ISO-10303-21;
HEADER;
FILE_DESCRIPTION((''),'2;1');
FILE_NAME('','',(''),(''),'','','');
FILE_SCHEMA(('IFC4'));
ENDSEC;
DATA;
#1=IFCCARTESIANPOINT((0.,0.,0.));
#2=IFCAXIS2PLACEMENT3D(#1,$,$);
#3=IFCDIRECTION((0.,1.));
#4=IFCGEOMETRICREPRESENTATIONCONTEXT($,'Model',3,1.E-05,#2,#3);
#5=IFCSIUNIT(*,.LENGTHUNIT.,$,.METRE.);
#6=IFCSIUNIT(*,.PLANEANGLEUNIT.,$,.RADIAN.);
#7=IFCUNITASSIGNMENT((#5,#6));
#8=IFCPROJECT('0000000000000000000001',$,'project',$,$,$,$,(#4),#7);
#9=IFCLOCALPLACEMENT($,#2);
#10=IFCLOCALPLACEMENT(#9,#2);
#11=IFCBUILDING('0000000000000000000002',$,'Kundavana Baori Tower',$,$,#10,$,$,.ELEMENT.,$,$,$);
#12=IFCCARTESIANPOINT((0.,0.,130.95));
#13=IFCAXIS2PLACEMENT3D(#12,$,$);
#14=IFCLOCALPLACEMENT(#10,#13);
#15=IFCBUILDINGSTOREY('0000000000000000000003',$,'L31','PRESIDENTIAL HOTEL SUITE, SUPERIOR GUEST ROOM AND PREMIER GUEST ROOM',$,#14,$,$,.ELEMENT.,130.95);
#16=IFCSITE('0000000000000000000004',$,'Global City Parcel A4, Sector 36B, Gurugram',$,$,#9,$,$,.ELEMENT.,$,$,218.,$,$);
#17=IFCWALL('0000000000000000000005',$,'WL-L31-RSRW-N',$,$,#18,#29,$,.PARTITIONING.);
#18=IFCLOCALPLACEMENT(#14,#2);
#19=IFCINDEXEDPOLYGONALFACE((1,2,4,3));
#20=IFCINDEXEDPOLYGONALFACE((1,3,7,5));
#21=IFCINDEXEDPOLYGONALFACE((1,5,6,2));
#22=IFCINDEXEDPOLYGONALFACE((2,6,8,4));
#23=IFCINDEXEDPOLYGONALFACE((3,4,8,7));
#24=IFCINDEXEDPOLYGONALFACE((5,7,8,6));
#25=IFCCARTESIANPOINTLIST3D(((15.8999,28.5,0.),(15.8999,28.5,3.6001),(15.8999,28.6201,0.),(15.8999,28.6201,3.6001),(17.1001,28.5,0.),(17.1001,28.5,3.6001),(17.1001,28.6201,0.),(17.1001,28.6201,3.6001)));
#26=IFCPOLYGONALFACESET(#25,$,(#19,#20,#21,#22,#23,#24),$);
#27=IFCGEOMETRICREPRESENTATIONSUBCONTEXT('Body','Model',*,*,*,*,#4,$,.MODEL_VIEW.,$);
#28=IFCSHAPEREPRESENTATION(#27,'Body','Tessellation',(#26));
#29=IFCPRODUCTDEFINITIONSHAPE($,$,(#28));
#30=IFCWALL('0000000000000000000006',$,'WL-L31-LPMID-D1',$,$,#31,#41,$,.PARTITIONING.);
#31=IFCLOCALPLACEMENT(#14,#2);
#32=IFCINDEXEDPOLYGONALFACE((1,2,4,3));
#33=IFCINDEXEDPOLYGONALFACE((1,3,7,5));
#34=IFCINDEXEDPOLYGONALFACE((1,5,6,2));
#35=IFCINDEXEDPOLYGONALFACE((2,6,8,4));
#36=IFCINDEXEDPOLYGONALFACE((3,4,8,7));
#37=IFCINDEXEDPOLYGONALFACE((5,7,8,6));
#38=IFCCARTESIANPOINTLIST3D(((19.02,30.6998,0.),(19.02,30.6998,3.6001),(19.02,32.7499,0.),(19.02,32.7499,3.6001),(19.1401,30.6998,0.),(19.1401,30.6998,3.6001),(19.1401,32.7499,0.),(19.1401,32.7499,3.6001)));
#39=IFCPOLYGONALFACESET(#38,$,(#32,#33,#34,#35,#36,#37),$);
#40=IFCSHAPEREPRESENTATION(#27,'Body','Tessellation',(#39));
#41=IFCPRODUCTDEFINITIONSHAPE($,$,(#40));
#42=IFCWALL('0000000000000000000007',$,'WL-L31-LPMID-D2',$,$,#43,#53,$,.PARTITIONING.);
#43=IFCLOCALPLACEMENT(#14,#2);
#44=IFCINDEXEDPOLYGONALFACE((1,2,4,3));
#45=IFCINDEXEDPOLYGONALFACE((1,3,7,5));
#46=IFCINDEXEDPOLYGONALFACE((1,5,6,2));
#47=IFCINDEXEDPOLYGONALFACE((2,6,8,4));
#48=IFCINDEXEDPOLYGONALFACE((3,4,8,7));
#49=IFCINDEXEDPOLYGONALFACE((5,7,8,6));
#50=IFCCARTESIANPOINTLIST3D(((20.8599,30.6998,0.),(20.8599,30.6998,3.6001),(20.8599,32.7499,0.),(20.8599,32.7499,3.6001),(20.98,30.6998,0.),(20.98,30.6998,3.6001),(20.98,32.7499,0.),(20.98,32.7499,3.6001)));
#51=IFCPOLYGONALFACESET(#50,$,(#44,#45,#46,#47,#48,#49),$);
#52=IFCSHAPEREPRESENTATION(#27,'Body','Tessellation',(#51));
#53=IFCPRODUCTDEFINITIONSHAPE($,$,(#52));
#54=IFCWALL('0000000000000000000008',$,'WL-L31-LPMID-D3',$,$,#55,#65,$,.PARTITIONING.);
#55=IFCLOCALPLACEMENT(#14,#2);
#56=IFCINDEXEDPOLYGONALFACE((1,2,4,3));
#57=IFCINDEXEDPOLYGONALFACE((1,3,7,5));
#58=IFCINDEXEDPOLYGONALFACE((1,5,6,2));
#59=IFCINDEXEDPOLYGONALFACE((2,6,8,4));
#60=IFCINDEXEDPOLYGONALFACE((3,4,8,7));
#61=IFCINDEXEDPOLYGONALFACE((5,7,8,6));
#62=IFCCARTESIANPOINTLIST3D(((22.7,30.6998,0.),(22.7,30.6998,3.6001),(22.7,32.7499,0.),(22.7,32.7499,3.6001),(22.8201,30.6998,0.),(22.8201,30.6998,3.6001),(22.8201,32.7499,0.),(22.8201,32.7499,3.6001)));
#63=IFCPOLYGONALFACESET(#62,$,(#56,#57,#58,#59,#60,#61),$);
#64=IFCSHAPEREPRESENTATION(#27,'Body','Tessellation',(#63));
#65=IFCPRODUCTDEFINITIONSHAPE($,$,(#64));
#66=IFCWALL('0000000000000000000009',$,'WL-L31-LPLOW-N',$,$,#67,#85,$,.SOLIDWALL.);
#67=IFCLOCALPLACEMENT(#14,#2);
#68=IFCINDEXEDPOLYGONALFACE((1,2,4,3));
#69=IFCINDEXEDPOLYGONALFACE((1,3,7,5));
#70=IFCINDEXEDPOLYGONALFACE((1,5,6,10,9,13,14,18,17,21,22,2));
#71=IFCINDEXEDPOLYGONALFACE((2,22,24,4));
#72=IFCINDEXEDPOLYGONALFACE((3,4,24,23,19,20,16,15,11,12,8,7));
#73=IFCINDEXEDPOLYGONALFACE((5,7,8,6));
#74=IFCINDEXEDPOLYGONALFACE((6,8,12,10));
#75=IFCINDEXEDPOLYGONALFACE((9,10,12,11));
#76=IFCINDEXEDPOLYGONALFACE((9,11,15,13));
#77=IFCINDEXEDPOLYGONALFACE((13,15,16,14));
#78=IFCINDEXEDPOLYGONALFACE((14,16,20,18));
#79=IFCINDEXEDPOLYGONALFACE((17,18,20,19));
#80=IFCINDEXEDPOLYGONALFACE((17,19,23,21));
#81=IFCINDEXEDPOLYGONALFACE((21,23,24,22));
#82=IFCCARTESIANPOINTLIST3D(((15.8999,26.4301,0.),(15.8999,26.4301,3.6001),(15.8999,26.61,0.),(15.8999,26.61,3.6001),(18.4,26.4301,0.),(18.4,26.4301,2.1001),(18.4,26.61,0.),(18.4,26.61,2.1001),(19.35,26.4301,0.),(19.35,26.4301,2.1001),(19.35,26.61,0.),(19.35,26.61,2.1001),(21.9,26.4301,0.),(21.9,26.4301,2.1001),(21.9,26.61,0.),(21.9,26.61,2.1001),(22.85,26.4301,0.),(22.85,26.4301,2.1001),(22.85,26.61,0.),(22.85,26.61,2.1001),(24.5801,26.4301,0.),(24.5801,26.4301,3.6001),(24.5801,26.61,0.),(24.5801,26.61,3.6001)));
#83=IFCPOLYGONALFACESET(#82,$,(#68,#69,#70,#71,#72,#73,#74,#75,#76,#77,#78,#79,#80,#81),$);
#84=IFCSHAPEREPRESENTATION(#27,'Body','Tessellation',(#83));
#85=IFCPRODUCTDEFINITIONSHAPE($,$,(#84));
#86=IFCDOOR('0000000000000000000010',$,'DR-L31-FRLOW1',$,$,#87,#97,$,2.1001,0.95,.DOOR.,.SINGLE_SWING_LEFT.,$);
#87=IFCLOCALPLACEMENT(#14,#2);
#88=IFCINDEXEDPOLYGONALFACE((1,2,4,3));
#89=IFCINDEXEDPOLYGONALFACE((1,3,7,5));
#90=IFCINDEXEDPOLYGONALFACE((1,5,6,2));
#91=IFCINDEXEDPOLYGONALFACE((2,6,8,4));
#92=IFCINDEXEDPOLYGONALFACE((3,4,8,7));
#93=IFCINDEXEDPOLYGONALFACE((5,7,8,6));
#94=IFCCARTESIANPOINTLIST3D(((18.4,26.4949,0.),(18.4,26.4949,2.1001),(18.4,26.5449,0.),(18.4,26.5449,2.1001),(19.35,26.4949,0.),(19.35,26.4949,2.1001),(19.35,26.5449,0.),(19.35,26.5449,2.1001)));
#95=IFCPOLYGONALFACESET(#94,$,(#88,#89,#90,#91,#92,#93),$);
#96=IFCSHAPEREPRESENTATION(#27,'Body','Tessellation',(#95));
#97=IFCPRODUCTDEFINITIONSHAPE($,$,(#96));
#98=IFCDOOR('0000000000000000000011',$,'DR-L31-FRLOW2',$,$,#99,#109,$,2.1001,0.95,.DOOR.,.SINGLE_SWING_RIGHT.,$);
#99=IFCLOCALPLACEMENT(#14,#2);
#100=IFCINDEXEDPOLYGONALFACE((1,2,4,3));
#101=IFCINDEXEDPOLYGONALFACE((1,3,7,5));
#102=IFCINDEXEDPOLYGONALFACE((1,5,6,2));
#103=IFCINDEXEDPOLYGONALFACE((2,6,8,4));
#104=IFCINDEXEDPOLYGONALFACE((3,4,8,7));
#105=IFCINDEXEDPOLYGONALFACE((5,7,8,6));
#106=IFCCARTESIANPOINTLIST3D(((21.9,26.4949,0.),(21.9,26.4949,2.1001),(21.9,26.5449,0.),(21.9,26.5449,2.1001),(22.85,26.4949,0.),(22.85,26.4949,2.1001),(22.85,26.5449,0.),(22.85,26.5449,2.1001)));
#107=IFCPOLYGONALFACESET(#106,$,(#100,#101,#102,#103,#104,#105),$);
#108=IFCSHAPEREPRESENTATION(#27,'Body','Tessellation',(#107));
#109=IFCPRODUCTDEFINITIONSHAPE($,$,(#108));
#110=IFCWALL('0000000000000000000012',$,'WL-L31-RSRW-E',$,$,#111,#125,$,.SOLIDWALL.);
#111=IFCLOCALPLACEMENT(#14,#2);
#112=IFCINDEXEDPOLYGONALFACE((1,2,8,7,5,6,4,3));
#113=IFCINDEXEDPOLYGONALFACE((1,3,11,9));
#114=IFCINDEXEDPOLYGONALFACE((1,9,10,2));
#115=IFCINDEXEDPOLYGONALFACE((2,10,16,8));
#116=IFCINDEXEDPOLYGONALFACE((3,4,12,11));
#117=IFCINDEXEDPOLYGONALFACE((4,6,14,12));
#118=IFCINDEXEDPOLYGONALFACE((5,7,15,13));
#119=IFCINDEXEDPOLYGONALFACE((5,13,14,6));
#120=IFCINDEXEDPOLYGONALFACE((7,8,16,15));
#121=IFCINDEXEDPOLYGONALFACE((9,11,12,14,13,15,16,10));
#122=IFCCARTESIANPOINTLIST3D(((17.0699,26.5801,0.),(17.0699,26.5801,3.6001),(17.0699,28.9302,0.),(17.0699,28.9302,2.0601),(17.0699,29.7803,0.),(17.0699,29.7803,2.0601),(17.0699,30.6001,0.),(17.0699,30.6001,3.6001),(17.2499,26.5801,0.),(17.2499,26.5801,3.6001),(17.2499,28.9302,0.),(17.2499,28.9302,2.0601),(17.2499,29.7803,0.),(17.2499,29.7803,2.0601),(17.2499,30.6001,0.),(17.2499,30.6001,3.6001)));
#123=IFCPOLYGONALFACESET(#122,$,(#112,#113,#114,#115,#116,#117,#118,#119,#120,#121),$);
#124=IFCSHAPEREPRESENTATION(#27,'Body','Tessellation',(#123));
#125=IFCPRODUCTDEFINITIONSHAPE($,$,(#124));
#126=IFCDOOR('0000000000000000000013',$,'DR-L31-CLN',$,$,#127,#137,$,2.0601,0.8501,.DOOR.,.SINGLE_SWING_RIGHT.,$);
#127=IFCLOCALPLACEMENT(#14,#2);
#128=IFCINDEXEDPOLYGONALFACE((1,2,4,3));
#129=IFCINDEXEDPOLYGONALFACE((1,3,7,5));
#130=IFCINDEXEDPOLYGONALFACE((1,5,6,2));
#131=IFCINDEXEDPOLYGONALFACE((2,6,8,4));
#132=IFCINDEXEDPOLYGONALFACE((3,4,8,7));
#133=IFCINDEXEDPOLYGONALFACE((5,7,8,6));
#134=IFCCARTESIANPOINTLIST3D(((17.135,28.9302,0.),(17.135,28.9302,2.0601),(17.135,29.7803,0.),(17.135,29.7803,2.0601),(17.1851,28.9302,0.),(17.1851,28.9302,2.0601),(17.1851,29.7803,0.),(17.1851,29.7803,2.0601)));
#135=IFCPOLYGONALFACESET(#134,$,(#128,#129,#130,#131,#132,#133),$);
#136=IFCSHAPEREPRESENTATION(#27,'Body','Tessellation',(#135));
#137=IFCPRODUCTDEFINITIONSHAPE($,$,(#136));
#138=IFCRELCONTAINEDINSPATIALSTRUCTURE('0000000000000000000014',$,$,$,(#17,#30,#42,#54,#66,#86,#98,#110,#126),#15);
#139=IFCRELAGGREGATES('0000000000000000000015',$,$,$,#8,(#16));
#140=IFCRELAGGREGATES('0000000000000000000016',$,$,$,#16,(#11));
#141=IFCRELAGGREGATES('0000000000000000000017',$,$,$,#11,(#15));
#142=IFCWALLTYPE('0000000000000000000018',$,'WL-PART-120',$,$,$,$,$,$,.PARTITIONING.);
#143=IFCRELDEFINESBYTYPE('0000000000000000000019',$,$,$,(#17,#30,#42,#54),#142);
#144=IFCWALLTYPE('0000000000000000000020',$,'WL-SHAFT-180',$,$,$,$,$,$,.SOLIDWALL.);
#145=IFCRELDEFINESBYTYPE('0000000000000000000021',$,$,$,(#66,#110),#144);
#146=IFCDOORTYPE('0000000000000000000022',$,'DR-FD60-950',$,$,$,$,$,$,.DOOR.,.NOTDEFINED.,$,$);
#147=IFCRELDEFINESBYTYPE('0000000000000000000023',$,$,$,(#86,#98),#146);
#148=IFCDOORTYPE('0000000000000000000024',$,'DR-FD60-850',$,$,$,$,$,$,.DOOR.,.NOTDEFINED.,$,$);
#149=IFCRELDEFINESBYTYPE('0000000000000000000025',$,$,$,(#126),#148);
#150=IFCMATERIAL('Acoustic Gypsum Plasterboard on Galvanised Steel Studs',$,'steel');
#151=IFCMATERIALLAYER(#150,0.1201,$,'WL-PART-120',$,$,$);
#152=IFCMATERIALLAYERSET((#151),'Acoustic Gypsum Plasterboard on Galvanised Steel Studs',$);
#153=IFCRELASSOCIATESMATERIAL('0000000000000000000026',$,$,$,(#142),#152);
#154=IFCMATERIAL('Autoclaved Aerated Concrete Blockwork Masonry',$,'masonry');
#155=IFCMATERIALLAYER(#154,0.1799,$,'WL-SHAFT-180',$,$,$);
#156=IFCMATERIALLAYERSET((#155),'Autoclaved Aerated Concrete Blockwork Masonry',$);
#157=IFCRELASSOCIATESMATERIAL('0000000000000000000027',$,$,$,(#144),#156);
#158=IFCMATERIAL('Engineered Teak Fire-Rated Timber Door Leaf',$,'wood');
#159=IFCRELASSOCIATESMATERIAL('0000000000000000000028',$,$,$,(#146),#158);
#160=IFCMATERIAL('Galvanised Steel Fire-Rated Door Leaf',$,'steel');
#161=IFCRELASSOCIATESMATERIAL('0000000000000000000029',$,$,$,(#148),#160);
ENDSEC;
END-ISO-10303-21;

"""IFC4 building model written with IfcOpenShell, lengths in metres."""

from ifc_helpers import new_model, si_unit, direction, frame, frame_2d, origin, place, context, subcontext, project, spatial, rectangle, extrude, material, layer, layer_set, type_object, element, fill, save


model = new_model("IFC4")

# Units and contexts
model_context = context("Model", 3, precision=1e-05, world=origin(), true_north=direction((0.0, 1.0)))
body_context = subcontext(model_context, "Body", "Model", "MODEL_VIEW")
ifc_project = project(units=[si_unit("LENGTHUNIT", "METRE"), si_unit("PLANEANGLEUNIT", "RADIAN")], contexts=[model_context])

# Site, building, storey
site_placement = place(None, origin())
site = spatial("IfcSite", under=ifc_project, at=site_placement, Name="Global City Parcel A4, Sector 36B, Gurugram", CompositionType="ELEMENT", RefElevation=218.0)
building_placement = place(site_placement, origin())
building = spatial("IfcBuilding", under=site, at=building_placement, Name="Kundavana Baori Tower", CompositionType="ELEMENT")
storey_placement = place(building_placement, frame((0.0, 0.0, 130.95)))
storey = spatial("IfcBuildingStorey", under=building, at=storey_placement, Name="L31", Description="PRESIDENTIAL HOTEL SUITE, SUPERIOR GUEST ROOM AND PREMIER GUEST ROOM", CompositionType="ELEMENT", Elevation=130.95)

# Walls
ifc_material_1 = material(Name="Acoustic Gypsum Plasterboard on Galvanised Steel Studs", Category="steel")
ifc_layer_1 = layer(ifc_material_1, 0.1201, Name="WL-PART-120")
ifc_layer_set_1 = layer_set([ifc_layer_1], Name="Acoustic Gypsum Plasterboard on Galvanised Steel Studs")
wall_type_1 = type_object("IfcWallType", Name="WL-PART-120", PredefinedType="PARTITIONING", material=ifc_layer_set_1)
wall_1_placement = place(storey_placement, frame((15.8999, 28.5601, 0.0), z_axis=(0.0, 0.0, 1.0), x_axis=(1.0, 0.0, 0.0)))
element("IfcWall", 1, at=wall_1_placement, inside=storey, type_object=wall_type_1, Name="WL-L31-RSRW-N", PredefinedType="PARTITIONING", context=body_context, shape_type="SweptSolid", body=[
    extrude(rectangle(XDim=1.2002, YDim=0.1201, at=frame_2d((0.6001, 0.0))), origin(), (0.0, 0.0, 1.0), 3.6001),
])
for number, where, z_axis, x_axis, name in (
    (2, (19.0801, 30.7, 0.0), (0.0, 0.0, 1.0), (0.0, 1.0, 0.0), "WL-L31-LPMID-D1"),
    (3, (20.9199, 30.7, 0.0), (0.0, 0.0, 1.0), (0.0, 1.0, 0.0), "WL-L31-LPMID-D2"),
    (4, (22.76, 30.7, 0.0), (0.0, 0.0, 1.0), (0.0, 1.0, 0.0), "WL-L31-LPMID-D3"),
):
    element("IfcWall", number, at=place(storey_placement, frame(where, z_axis=z_axis, x_axis=x_axis)), inside=storey, type_object=wall_type_1, Name=name, PredefinedType="PARTITIONING", context=body_context, shape_type="SweptSolid", body=[
        extrude(rectangle(XDim=2.05, YDim=0.1201, at=frame_2d((1.0249, 0.0))), origin(), (0.0, 0.0, 1.0), 3.6001),
    ])

# Wall, openings, doors
ifc_material_2 = material(Name="Autoclaved Aerated Concrete Blockwork Masonry", Category="masonry")
ifc_layer_2 = layer(ifc_material_2, 0.1799, Name="WL-SHAFT-180")
ifc_layer_set_2 = layer_set([ifc_layer_2], Name="Autoclaved Aerated Concrete Blockwork Masonry")
wall_type_2 = type_object("IfcWallType", Name="WL-SHAFT-180", PredefinedType="SOLIDWALL", material=ifc_layer_set_2)
wall_2_placement = place(storey_placement, frame((15.8999, 26.52, 0.0), z_axis=(0.0, 0.0, 1.0), x_axis=(1.0, 0.0, 0.0)))
wall_2 = element("IfcWall", 5, at=wall_2_placement, inside=storey, type_object=wall_type_2, Name="WL-L31-LPLOW-N", PredefinedType="SOLIDWALL", context=body_context, shape_type="SweptSolid", body=[
    extrude(rectangle(XDim=8.6802, YDim=0.1799, at=frame_2d((4.3401, 0.0))), origin(), (0.0, 0.0, 1.0), 3.6001),
])
opening_1_placement = place(wall_2_placement, frame((2.5, 0.0, 0.0)))
opening_1 = element("IfcOpeningElement", 6, at=opening_1_placement, cuts=wall_2, PredefinedType="OPENING", context=body_context, shape_type="SweptSolid", body=[
    extrude(rectangle(XDim=0.95, YDim=2.1001, at=frame_2d((0.4751, 1.05))), frame((0.0, 0.1001, 0.0), z_axis=(0.0, -1.0, 0.0), x_axis=(1.0, 0.0, 0.0)), (0.0, 0.0, 1.0), 0.2),
])
opening_2_placement = place(wall_2_placement, frame((6.0, 0.0, 0.0)))
opening_2 = element("IfcOpeningElement", 7, at=opening_2_placement, cuts=wall_2, PredefinedType="OPENING", context=body_context, shape_type="SweptSolid", body=[
    extrude(rectangle(XDim=0.95, YDim=2.1001, at=frame_2d((0.4751, 1.05))), frame((0.0, 0.1001, 0.0), z_axis=(0.0, -1.0, 0.0), x_axis=(1.0, 0.0, 0.0)), (0.0, 0.0, 1.0), 0.2),
])
ifc_material_3 = material(Name="Engineered Teak Fire-Rated Timber Door Leaf", Category="wood")
door_type_1 = type_object("IfcDoorType", Name="DR-FD60-950", OperationType="NOTDEFINED", PredefinedType="DOOR", material=ifc_material_3)
door_1_placement = place(opening_1_placement, origin())
door_1 = element("IfcDoor", 8, at=door_1_placement, inside=storey, type_object=door_type_1, Name="DR-L31-FRLOW1", OperationType="SINGLE_SWING_LEFT", OverallHeight=2.1001, OverallWidth=0.95, PredefinedType="DOOR", context=body_context, shape_type="SweptSolid", body=[
    extrude(rectangle(XDim=0.95, YDim=2.1001, at=frame_2d((0.4751, 1.05))), frame((0.0, 0.0249, 0.0), z_axis=(0.0, -1.0, 0.0), x_axis=(1.0, 0.0, 0.0)), (0.0, 0.0, 1.0), 0.05),
])
fill(opening_1, door_1)
door_2_placement = place(opening_2_placement, origin())
door_2 = element("IfcDoor", 9, at=door_2_placement, inside=storey, type_object=door_type_1, Name="DR-L31-FRLOW2", OperationType="SINGLE_SWING_RIGHT", OverallHeight=2.1001, OverallWidth=0.95, PredefinedType="DOOR", context=body_context, shape_type="SweptSolid", body=[
    extrude(rectangle(XDim=0.95, YDim=2.1001, at=frame_2d((0.4751, 1.05))), frame((0.0, 0.0249, 0.0), z_axis=(0.0, -1.0, 0.0), x_axis=(1.0, 0.0, 0.0)), (0.0, 0.0, 1.0), 0.05),
])
fill(opening_2, door_2)

# Wall, opening, door
wall_3_placement = place(storey_placement, frame((17.1599, 26.5801, 0.0), z_axis=(0.0, 0.0, 1.0), x_axis=(0.0, 1.0, 0.0)))
wall_3 = element("IfcWall", 10, at=wall_3_placement, inside=storey, type_object=wall_type_2, Name="WL-L31-RSRW-E", PredefinedType="SOLIDWALL", context=body_context, shape_type="SweptSolid", body=[
    extrude(rectangle(XDim=4.02, YDim=0.1799, at=frame_2d((2.01, 0.0))), origin(), (0.0, 0.0, 1.0), 3.6001),
])
opening_3_placement = place(wall_3_placement, frame((2.3501, 0.0, 0.0)))
opening_3 = element("IfcOpeningElement", 11, at=opening_3_placement, cuts=wall_3, PredefinedType="OPENING", context=body_context, shape_type="SweptSolid", body=[
    extrude(rectangle(XDim=0.8501, YDim=2.0601, at=frame_2d((0.425, 1.03))), frame((0.0, 0.1001, 0.0), z_axis=(0.0, -1.0, 0.0), x_axis=(1.0, 0.0, 0.0)), (0.0, 0.0, 1.0), 0.2),
])
ifc_material_4 = material(Name="Galvanised Steel Fire-Rated Door Leaf", Category="steel")
door_type_2 = type_object("IfcDoorType", Name="DR-FD60-850", OperationType="NOTDEFINED", PredefinedType="DOOR", material=ifc_material_4)
door_3_placement = place(opening_3_placement, origin())
door_3 = element("IfcDoor", 12, at=door_3_placement, inside=storey, type_object=door_type_2, Name="DR-L31-CLN", OperationType="SINGLE_SWING_RIGHT", OverallHeight=2.0601, OverallWidth=0.8501, PredefinedType="DOOR", context=body_context, shape_type="SweptSolid", body=[
    extrude(rectangle(XDim=0.8501, YDim=2.0601, at=frame_2d((0.425, 1.03))), frame((0.0, 0.0249, 0.0), z_axis=(0.0, -1.0, 0.0), x_axis=(1.0, 0.0, 0.0)), (0.0, 0.0, 1.0), 0.05),
])
fill(opening_3, door_3)

save(model, "model.ifc")
